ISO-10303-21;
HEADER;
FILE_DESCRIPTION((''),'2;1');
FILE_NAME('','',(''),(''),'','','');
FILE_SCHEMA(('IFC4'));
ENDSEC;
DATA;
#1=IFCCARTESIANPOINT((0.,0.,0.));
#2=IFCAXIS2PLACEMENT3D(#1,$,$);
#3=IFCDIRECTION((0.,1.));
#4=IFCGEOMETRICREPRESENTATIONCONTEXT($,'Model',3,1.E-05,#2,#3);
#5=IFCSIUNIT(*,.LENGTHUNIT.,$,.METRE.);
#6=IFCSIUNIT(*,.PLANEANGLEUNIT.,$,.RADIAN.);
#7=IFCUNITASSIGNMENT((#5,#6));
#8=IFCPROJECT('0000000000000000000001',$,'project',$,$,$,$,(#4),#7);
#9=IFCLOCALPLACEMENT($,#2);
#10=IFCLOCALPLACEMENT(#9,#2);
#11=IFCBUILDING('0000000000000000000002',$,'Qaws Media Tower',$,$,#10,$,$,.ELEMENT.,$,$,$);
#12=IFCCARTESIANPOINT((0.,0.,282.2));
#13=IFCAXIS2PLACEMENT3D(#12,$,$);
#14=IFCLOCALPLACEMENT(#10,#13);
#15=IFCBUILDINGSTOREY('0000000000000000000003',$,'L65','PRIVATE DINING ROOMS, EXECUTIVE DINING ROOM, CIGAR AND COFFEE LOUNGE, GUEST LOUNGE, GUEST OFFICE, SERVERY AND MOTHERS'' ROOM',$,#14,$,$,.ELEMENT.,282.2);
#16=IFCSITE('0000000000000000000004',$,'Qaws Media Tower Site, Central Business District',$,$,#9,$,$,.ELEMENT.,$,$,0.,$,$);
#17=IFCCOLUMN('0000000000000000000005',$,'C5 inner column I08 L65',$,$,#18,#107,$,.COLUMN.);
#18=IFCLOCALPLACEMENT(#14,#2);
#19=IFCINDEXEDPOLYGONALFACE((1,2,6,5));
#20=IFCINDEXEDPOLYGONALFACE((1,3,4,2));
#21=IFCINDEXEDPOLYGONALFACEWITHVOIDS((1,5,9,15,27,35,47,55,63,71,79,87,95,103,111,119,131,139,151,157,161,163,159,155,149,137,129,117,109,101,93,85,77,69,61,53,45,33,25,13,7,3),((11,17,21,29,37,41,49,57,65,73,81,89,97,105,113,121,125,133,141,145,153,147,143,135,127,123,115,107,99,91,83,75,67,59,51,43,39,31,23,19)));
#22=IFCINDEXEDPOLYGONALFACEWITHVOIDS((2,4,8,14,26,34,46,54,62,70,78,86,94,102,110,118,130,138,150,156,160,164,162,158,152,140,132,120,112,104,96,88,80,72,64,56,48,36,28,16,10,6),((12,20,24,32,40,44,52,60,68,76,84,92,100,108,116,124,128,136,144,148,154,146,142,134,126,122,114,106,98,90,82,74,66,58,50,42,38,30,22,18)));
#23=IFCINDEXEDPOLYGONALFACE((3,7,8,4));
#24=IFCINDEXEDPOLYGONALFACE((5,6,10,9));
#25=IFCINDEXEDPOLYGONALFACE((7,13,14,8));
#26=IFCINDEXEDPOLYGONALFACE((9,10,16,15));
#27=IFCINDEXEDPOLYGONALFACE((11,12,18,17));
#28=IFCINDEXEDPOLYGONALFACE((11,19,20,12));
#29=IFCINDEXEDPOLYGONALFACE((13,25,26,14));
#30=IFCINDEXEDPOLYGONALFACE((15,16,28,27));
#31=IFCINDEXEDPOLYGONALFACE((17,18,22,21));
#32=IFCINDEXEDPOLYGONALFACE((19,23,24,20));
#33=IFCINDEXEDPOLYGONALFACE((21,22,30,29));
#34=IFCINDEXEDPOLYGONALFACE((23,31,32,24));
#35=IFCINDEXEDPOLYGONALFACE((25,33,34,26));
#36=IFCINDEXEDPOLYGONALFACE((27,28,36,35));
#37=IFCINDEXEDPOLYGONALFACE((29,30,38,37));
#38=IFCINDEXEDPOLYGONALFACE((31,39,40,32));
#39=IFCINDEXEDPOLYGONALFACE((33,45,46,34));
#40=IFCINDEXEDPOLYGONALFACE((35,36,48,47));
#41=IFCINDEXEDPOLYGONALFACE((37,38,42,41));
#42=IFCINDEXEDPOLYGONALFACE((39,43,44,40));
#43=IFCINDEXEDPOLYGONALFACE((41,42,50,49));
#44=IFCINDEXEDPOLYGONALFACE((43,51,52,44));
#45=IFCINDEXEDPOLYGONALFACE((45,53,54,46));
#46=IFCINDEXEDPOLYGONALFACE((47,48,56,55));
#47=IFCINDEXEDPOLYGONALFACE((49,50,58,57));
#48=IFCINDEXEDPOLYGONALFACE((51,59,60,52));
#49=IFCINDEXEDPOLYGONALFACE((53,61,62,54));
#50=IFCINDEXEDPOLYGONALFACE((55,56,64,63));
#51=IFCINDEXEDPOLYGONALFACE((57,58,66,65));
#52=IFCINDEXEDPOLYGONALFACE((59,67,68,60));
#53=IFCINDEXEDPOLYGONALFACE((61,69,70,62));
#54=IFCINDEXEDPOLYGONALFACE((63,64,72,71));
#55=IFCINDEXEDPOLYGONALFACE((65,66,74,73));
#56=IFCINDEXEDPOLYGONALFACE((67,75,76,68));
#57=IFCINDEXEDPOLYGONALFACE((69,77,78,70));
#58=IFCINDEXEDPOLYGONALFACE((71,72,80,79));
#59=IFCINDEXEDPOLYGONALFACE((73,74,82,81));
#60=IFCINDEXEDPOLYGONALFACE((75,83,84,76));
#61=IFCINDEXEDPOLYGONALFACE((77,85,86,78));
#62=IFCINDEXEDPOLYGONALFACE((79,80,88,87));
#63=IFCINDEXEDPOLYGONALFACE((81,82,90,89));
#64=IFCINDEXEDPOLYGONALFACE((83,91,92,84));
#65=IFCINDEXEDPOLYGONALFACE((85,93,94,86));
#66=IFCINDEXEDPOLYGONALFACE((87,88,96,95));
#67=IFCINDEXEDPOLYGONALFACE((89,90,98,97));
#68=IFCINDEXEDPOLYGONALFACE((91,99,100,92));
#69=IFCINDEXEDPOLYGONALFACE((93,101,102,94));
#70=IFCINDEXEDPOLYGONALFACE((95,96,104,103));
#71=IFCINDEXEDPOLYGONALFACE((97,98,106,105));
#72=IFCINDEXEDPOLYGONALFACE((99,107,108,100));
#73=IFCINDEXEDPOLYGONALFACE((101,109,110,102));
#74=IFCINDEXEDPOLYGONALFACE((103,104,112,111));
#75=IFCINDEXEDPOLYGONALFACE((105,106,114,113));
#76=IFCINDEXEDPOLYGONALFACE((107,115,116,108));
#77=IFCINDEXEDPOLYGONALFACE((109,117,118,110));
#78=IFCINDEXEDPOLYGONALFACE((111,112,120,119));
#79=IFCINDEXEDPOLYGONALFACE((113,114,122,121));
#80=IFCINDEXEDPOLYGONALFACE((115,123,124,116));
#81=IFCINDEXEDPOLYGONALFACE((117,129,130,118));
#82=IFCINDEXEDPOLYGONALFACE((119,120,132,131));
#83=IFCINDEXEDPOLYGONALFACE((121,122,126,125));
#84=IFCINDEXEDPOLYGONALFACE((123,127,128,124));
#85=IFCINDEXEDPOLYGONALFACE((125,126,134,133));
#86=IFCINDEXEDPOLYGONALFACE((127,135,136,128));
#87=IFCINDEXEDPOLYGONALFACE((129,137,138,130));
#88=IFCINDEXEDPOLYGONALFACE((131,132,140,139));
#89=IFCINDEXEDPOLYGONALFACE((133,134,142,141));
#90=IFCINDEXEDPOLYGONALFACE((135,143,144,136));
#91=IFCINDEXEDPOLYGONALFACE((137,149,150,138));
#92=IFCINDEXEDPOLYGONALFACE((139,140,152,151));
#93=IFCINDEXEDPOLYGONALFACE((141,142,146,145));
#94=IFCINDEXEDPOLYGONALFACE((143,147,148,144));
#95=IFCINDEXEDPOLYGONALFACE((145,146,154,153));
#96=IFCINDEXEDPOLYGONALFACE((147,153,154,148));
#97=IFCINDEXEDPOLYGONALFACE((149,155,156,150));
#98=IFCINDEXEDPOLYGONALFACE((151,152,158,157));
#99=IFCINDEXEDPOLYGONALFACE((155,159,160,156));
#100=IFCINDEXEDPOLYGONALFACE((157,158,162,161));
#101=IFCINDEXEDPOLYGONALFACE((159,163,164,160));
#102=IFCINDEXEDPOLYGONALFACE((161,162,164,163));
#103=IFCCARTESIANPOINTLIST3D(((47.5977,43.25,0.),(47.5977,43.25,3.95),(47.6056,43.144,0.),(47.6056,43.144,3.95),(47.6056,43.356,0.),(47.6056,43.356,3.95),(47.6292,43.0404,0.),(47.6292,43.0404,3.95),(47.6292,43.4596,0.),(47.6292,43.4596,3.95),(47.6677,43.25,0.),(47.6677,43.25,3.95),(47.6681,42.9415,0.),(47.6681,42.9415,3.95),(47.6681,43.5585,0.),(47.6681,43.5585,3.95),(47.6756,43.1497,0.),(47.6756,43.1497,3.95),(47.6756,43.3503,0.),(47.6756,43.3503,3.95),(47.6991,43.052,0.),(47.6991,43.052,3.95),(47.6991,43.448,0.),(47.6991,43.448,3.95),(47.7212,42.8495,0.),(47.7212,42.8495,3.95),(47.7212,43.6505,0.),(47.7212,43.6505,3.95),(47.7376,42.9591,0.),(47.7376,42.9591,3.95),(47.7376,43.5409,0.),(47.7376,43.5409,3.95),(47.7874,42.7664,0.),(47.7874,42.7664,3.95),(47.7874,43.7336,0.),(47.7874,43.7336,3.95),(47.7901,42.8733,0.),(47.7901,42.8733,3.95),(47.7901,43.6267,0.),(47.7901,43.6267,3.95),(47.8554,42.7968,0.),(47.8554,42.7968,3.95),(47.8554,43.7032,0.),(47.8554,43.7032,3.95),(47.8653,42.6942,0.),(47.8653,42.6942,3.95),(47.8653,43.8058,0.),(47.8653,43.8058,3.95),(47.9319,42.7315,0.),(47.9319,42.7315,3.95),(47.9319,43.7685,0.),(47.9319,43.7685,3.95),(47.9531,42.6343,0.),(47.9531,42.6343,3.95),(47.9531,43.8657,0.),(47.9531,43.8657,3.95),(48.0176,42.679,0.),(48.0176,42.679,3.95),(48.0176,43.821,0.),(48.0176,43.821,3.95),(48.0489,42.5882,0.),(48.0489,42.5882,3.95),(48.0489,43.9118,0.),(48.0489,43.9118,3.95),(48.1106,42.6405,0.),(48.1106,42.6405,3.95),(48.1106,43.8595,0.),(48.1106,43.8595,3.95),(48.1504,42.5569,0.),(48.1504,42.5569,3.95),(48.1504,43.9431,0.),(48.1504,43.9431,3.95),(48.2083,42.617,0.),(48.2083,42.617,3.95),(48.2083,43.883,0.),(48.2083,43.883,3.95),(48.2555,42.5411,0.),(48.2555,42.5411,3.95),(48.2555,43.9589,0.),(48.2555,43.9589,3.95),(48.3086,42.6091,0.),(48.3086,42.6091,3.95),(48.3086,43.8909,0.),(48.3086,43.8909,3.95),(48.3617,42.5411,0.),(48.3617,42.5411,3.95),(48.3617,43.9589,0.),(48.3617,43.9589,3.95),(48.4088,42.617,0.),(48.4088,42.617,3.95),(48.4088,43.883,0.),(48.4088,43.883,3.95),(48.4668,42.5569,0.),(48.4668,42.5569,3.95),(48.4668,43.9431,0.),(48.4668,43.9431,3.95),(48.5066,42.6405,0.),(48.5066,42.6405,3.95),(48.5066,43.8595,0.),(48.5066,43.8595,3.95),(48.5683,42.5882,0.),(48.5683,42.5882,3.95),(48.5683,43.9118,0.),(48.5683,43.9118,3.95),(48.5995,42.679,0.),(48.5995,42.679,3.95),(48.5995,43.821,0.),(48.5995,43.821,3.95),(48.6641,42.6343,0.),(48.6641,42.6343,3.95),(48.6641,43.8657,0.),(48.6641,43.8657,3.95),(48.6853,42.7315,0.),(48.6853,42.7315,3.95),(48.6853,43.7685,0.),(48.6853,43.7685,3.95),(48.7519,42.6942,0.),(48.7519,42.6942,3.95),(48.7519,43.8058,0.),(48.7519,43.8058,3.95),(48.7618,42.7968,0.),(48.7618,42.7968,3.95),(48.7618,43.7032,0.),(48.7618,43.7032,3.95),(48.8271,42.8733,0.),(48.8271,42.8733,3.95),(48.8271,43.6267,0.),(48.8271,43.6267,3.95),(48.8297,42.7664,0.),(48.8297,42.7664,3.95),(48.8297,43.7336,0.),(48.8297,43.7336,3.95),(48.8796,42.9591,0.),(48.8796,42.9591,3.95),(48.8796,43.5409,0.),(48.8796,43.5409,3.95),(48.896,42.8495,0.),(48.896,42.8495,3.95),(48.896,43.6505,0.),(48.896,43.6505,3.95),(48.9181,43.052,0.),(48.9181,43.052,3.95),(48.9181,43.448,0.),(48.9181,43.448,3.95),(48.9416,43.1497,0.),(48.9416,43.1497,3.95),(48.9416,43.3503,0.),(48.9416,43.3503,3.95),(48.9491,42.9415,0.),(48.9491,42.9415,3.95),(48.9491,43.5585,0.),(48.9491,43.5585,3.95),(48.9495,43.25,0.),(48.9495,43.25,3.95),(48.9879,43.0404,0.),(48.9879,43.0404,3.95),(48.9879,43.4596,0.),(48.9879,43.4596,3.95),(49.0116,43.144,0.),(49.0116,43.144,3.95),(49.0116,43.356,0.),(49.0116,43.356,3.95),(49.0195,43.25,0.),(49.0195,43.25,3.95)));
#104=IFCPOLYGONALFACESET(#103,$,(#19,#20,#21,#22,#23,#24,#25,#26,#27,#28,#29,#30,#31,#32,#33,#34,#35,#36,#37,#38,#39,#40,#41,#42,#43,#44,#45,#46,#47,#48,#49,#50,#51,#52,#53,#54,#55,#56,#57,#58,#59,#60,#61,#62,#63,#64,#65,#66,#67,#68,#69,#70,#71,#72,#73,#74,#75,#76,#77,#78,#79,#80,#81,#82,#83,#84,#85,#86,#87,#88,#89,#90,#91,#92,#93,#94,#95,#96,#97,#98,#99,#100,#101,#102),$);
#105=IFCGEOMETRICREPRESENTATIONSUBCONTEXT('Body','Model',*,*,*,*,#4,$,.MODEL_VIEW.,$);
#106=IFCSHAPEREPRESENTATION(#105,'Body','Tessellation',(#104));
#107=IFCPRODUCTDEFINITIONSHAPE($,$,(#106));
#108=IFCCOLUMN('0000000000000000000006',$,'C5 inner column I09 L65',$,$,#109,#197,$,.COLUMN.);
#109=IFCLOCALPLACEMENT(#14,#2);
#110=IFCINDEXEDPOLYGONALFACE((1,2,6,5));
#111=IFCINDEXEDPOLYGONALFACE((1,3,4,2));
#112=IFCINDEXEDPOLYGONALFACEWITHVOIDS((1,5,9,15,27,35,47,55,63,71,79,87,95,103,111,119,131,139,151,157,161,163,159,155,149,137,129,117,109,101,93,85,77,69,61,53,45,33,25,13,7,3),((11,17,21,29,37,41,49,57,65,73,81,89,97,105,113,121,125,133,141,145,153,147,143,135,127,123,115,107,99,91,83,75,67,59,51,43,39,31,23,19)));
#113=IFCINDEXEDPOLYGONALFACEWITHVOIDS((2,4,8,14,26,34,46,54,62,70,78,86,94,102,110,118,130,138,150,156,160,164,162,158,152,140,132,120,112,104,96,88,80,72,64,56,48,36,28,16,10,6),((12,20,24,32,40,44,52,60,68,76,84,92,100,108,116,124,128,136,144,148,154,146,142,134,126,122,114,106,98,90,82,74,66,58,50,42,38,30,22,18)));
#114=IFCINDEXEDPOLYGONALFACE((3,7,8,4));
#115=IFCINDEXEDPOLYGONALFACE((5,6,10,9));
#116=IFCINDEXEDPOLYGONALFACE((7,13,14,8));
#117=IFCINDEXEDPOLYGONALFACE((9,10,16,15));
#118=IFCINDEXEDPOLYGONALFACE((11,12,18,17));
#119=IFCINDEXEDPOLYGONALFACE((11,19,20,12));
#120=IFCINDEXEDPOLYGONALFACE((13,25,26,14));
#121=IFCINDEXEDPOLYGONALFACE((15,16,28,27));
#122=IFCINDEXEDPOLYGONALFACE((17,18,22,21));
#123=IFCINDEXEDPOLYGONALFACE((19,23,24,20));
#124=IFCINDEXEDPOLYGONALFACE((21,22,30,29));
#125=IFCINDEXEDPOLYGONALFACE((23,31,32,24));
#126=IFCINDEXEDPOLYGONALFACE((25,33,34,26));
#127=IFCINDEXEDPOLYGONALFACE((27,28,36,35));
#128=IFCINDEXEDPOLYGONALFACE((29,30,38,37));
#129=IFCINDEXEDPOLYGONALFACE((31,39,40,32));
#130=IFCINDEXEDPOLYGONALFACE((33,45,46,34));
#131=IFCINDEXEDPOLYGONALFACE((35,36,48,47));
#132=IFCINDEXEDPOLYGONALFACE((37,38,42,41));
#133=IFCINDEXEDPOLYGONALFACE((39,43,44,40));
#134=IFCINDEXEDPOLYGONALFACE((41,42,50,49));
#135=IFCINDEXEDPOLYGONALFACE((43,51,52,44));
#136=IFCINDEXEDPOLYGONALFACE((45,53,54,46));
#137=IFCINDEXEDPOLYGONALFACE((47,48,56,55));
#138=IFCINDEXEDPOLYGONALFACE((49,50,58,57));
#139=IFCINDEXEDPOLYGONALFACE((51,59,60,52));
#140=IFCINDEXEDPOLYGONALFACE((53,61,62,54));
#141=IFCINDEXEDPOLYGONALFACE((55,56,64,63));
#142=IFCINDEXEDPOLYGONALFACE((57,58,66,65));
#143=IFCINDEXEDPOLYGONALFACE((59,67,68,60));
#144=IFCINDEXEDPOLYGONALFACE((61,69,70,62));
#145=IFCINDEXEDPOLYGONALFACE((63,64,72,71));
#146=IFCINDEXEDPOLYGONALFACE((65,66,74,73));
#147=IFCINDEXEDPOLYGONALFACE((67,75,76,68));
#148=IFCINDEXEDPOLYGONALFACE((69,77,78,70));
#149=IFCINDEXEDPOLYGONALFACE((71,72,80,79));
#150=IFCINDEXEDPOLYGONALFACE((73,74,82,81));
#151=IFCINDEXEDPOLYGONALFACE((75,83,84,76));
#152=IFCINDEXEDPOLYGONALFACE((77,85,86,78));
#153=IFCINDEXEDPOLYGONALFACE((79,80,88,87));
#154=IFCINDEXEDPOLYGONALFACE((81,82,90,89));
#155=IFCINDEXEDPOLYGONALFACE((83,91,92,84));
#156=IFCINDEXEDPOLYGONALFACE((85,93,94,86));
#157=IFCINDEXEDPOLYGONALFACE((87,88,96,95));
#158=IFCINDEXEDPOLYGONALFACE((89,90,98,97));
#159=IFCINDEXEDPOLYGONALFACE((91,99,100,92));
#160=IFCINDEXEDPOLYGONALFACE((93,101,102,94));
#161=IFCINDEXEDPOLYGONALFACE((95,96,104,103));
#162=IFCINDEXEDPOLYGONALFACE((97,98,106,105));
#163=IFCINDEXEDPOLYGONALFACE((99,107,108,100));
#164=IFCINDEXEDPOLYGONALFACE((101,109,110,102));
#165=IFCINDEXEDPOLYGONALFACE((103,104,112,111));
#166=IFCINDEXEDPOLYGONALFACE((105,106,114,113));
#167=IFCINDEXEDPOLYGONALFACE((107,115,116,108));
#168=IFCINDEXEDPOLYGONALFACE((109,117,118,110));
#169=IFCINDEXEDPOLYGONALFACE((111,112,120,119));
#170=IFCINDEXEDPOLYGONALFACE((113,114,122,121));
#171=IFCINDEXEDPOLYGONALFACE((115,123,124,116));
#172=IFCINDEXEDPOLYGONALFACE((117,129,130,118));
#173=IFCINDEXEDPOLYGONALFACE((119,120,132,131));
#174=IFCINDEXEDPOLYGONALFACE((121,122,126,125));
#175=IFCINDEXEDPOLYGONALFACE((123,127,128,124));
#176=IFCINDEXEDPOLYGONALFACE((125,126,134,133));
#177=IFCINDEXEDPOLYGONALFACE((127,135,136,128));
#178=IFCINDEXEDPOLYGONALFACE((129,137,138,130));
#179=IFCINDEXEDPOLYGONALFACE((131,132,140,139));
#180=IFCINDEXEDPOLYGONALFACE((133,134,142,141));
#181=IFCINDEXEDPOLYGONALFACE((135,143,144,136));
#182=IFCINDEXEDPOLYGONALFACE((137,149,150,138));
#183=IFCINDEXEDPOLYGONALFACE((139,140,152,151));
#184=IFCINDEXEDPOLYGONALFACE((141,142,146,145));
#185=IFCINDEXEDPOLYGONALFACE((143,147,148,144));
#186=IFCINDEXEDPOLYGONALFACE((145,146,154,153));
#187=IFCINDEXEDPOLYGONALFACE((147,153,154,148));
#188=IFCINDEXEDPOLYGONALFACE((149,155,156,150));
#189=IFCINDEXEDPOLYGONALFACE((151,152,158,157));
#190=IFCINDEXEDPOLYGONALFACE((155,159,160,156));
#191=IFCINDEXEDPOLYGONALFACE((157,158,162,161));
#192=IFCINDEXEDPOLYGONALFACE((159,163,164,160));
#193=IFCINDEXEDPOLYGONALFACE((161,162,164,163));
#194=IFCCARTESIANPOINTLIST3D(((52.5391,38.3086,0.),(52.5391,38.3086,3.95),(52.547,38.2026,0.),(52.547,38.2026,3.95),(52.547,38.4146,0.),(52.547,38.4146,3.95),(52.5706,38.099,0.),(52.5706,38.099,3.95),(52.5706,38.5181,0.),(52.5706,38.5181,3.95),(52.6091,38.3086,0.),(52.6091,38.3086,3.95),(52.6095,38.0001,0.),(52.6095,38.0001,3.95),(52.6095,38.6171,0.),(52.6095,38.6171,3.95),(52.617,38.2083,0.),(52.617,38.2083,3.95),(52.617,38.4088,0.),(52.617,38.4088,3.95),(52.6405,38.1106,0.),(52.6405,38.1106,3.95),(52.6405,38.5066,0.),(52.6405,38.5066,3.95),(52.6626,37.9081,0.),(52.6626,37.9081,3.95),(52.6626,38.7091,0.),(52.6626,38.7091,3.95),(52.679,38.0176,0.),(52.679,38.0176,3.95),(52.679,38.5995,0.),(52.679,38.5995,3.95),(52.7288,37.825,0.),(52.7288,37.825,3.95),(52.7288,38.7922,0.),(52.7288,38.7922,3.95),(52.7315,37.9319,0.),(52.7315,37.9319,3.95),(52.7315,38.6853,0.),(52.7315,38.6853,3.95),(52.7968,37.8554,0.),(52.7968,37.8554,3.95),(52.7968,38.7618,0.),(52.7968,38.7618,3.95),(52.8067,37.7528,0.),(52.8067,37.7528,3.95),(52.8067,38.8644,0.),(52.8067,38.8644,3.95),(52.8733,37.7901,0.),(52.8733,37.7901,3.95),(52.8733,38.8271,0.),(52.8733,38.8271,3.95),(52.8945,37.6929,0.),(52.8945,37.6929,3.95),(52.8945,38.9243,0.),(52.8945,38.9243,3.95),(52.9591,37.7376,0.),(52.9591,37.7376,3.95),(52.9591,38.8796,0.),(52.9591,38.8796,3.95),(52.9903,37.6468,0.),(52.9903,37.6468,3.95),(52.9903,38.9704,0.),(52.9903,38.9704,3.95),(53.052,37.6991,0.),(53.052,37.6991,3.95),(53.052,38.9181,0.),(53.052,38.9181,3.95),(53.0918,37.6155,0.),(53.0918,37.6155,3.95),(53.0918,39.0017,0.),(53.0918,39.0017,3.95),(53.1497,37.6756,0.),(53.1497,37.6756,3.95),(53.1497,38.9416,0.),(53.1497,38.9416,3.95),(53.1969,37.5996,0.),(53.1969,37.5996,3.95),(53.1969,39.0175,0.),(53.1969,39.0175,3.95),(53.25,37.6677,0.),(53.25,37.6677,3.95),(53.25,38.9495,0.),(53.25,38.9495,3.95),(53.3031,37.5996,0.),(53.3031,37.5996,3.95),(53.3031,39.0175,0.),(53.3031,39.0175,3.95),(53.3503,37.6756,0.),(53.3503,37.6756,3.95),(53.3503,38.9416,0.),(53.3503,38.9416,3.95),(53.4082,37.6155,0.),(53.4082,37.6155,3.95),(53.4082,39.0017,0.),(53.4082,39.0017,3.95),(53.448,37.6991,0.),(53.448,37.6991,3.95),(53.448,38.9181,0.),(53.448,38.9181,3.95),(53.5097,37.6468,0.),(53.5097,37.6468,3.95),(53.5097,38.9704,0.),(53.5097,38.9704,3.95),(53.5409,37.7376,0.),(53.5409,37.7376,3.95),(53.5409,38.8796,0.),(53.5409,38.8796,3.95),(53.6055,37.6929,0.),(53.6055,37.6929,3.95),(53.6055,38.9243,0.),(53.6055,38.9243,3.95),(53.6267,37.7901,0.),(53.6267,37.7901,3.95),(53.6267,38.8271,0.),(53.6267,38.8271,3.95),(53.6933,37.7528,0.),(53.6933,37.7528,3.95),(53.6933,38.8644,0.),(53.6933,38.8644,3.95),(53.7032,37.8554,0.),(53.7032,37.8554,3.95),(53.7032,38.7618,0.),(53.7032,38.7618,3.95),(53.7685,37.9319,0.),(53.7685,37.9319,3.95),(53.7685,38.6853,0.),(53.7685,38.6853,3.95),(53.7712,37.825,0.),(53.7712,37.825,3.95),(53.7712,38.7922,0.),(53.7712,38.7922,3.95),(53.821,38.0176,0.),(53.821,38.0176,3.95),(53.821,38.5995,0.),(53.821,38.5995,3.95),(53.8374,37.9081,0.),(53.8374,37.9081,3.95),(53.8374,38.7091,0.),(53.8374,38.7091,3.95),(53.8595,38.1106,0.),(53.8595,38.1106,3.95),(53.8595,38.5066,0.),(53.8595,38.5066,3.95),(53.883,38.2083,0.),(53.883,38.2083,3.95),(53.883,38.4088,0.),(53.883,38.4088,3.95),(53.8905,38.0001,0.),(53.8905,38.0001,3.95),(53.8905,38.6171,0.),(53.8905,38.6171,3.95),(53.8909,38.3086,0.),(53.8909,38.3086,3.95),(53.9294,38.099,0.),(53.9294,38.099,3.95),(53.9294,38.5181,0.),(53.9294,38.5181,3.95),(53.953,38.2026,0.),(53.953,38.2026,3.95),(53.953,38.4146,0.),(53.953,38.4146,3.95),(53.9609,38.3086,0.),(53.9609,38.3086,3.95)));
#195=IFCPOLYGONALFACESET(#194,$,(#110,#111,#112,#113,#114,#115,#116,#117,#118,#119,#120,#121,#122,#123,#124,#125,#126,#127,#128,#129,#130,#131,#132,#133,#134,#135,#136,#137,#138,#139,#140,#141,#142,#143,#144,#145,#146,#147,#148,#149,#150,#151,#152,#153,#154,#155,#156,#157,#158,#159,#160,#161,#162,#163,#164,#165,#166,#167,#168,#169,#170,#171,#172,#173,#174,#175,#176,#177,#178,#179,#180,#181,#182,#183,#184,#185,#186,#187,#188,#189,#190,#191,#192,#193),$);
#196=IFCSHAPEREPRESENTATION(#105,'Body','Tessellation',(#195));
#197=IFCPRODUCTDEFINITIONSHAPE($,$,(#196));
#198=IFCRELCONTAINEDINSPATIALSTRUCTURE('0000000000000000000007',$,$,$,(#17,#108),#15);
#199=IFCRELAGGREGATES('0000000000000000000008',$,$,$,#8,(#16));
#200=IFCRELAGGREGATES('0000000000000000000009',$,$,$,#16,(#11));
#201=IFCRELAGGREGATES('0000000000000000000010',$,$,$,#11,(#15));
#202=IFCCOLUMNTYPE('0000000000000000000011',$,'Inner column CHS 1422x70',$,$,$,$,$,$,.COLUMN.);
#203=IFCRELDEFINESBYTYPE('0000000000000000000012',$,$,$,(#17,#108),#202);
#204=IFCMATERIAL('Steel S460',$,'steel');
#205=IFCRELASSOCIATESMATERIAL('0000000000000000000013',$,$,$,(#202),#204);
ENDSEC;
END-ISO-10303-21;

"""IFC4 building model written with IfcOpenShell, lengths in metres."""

from ifc_helpers import new_model, si_unit, direction, frame, origin, origin_2d, place, context, subcontext, project, spatial, hollow_circle, extrude, material, material_profile, profile_set, type_object, element, save


model = new_model("IFC4")

# Units and contexts
model_context = context("Model", 3, precision=1e-05, world=origin(), true_north=direction((0.0, 1.0)))
body_context = subcontext(model_context, "Body", "Model", "MODEL_VIEW")
ifc_project = project(units=[si_unit("LENGTHUNIT", "METRE"), si_unit("PLANEANGLEUNIT", "RADIAN")], contexts=[model_context])

# Site, building, storey
site_placement = place(None, origin())
site = spatial("IfcSite", under=ifc_project, at=site_placement, Name="Qaws Media Tower Site, Central Business District", CompositionType="ELEMENT", RefElevation=0.0)
building_placement = place(site_placement, origin())
building = spatial("IfcBuilding", under=site, at=building_placement, Name="Qaws Media Tower", CompositionType="ELEMENT")
storey_placement = place(building_placement, frame((0.0, 0.0, 282.2)))
storey = spatial("IfcBuildingStorey", under=building, at=storey_placement, Name="L65", Description="PRIVATE DINING ROOMS, EXECUTIVE DINING ROOM, CIGAR AND COFFEE LOUNGE, GUEST LOUNGE, GUEST OFFICE, SERVERY AND MOTHERS' ROOM", CompositionType="ELEMENT", Elevation=282.2)

# Columns
ifc_material_1 = material(Name="Steel S460", Category="steel")
ifc_material_profile_1 = material_profile(ifc_material_1, hollow_circle(Radius=0.7109, WallThickness=0.0701, at=origin_2d()), Name="CHS 1422x70")
ifc_profile_set_1 = profile_set([ifc_material_profile_1], Name="Steel S460")
column_type = type_object("IfcColumnType", Name="Inner column CHS 1422x70", PredefinedType="COLUMN", material=ifc_profile_set_1)
for number, where, z_axis, x_axis, name in (
    (1, (48.3086, 43.25, 0.0), (0.0, 0.0, 1.0), (1.0, 0.0, 0.0), "C5 inner column I08 L65"),
    (2, (53.25, 38.3086, 0.0), (0.0, 0.0, 1.0), (1.0, 0.0, 0.0), "C5 inner column I09 L65"),
):
    element("IfcColumn", number, at=place(storey_placement, frame(where, z_axis=z_axis, x_axis=x_axis)), inside=storey, type_object=column_type, Name=name, PredefinedType="COLUMN", context=body_context, shape_type="SweptSolid", body=[
        extrude(hollow_circle(Radius=0.7109, WallThickness=0.0701, at=origin_2d()), origin(), (0.0, 0.0, 1.0), 3.95),
    ])

save(model, "model.ifc")
